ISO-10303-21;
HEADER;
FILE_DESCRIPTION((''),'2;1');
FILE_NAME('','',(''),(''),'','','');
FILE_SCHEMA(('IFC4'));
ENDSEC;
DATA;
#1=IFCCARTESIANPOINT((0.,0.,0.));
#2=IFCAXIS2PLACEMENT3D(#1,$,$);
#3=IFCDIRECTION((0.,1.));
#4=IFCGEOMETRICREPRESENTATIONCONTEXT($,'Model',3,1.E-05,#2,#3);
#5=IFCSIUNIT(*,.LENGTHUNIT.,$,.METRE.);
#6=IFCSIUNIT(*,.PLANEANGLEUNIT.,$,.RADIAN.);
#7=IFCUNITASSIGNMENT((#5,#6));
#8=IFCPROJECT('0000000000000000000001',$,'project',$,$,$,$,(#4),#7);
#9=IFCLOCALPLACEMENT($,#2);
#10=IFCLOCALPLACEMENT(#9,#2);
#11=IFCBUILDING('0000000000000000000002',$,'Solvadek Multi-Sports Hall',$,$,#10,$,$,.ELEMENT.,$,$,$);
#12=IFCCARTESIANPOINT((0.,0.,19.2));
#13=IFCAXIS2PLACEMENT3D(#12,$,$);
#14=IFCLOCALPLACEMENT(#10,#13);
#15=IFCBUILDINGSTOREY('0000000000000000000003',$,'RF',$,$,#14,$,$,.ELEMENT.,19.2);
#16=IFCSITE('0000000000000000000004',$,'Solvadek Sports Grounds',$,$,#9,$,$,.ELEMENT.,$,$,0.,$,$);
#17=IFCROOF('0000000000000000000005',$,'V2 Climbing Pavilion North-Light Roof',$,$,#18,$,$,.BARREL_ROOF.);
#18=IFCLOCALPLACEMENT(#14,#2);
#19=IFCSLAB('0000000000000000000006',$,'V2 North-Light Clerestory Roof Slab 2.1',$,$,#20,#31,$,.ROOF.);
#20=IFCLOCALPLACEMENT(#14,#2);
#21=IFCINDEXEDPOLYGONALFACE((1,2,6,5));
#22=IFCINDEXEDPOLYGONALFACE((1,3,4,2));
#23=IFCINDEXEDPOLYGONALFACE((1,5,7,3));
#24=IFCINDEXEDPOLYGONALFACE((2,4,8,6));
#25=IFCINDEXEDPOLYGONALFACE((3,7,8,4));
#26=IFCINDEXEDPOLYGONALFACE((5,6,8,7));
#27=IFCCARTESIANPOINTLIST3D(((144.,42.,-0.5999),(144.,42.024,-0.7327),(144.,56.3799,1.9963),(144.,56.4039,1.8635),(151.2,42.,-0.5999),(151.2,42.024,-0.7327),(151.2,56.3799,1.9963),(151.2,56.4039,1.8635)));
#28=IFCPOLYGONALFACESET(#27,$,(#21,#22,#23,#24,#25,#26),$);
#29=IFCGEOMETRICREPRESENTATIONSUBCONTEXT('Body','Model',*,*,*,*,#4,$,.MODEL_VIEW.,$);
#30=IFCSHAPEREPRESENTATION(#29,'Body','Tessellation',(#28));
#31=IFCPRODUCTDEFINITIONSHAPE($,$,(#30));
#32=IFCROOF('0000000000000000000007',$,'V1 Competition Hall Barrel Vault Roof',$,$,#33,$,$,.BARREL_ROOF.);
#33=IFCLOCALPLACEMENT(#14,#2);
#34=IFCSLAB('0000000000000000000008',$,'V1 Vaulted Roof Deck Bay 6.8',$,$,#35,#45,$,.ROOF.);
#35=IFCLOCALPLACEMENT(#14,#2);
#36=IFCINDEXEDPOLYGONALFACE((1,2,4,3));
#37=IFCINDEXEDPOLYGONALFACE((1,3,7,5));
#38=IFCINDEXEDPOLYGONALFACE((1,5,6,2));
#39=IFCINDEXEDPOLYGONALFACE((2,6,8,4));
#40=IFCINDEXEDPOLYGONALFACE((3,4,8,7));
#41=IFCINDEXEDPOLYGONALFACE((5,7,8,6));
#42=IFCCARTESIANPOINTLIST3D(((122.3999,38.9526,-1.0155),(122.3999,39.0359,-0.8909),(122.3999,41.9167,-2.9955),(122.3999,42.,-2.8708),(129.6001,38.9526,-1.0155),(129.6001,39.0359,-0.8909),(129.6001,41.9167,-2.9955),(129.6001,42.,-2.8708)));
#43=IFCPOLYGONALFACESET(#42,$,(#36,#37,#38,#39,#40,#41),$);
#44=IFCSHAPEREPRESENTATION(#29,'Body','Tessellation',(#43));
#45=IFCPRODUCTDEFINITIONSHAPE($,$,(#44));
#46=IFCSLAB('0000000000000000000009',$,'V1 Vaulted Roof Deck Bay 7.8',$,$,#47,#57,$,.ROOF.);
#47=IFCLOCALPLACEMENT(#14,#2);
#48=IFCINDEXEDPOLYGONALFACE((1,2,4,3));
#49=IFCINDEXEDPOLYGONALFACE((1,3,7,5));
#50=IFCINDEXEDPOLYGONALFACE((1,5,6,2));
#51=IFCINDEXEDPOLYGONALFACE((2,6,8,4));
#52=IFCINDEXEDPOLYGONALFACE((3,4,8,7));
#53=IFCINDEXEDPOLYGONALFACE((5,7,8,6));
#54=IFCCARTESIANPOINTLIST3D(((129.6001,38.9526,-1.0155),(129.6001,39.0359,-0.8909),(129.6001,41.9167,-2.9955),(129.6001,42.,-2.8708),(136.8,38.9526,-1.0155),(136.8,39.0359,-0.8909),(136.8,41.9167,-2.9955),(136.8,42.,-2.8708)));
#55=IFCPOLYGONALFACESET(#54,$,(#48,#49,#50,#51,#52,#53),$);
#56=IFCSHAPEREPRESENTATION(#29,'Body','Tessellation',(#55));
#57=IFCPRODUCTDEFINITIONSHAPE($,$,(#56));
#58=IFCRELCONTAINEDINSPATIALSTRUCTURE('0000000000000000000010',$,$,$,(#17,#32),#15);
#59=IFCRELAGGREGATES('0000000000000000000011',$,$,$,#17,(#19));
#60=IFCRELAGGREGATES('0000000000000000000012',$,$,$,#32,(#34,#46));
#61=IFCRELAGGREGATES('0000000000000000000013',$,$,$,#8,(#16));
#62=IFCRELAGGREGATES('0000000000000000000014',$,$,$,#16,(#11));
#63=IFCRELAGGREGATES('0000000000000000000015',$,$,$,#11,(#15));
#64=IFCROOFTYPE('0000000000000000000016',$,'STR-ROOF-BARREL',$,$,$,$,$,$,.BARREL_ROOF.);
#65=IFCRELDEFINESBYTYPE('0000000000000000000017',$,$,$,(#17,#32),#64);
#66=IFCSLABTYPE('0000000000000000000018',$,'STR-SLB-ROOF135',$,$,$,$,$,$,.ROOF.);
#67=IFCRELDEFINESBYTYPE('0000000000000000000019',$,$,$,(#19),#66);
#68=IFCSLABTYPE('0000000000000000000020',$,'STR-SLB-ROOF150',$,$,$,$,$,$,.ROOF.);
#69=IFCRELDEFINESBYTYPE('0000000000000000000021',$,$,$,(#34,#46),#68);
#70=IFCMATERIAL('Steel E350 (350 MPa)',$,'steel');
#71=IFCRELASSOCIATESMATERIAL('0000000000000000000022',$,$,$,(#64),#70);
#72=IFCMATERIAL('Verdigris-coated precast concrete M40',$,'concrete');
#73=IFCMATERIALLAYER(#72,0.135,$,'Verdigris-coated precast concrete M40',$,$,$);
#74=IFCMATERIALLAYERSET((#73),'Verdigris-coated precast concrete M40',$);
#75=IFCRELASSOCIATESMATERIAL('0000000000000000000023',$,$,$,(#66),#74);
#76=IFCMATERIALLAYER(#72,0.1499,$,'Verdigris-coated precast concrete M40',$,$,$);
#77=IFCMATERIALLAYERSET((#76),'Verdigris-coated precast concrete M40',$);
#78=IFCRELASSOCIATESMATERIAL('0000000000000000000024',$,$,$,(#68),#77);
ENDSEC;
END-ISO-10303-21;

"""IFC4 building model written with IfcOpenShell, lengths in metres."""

from ifc_helpers import new_model, si_unit, direction, frame, origin, place, context, subcontext, project, spatial, polyline, outline, extrude, material, layer, layer_set, type_object, element, aggregate, save


model = new_model("IFC4")

# Units and contexts
model_context = context("Model", 3, precision=1e-05, world=origin(), true_north=direction((0.0, 1.0)))
body_context = subcontext(model_context, "Body", "Model", "MODEL_VIEW")
ifc_project = project(units=[si_unit("LENGTHUNIT", "METRE"), si_unit("PLANEANGLEUNIT", "RADIAN")], contexts=[model_context])

# Site, building, storey
site_placement = place(None, origin())
site = spatial("IfcSite", under=ifc_project, at=site_placement, Name="Solvadek Sports Grounds", CompositionType="ELEMENT", RefElevation=0.0)
building_placement = place(site_placement, origin())
building = spatial("IfcBuilding", under=site, at=building_placement, Name="Solvadek Multi-Sports Hall", CompositionType="ELEMENT")
storey_placement = place(building_placement, frame((0.0, 0.0, 19.2)))
storey = spatial("IfcBuildingStorey", under=building, at=storey_placement, Name="RF", CompositionType="ELEMENT", Elevation=19.2)

# Shared definitions
ifc_material_1 = material(Name="Steel E350 (350 MPa)", Category="steel")

# Roofs, slabs
roof_type = type_object("IfcRoofType", Name="STR-ROOF-BARREL", PredefinedType="BARREL_ROOF", material=ifc_material_1)
roof_1_placement = place(storey_placement, origin())
roof_1 = element("IfcRoof", 1, at=roof_1_placement, inside=storey, type_object=roof_type, Name="V2 Climbing Pavilion North-Light Roof", PredefinedType="BARREL_ROOF")
ifc_material_2 = material(Name="Verdigris-coated precast concrete M40", Category="concrete")
ifc_layer_1 = layer(ifc_material_2, 0.135, Name="Verdigris-coated precast concrete M40")
ifc_layer_set_1 = layer_set([ifc_layer_1], Name="Verdigris-coated precast concrete M40")
slab_type_1 = type_object("IfcSlabType", Name="STR-SLB-ROOF135", PredefinedType="ROOF", material=ifc_layer_set_1)
slab_1_placement = place(storey_placement, frame((144.0, 42.0, -0.5999), z_axis=(0.0, -0.177671, 0.98409), x_axis=(1.0, 0.0, 0.0)))
slab_1 = element("IfcSlab", 2, at=slab_1_placement, type_object=slab_type_1, Name="V2 North-Light Clerestory Roof Slab 2.1", PredefinedType="ROOF", context=body_context, shape_type="SweptSolid", body=[
    extrude(outline(polyline([(0.0, 0.0), (7.2, 0.0), (7.2, 14.6124), (0.0, 14.6124), (0.0, 0.0)])), origin(), (0.0, 0.0, -1.0), 0.135),
])
aggregate(roof_1, [slab_1])
roof_2_placement = place(storey_placement, origin())
roof_2 = element("IfcRoof", 3, at=roof_2_placement, inside=storey, type_object=roof_type, Name="V1 Competition Hall Barrel Vault Roof", PredefinedType="BARREL_ROOF")
ifc_layer_2 = layer(ifc_material_2, 0.1499, Name="Verdigris-coated precast concrete M40")
ifc_layer_set_2 = layer_set([ifc_layer_2], Name="Verdigris-coated precast concrete M40")
slab_type_2 = type_object("IfcSlabType", Name="STR-SLB-ROOF150", PredefinedType="ROOF", material=ifc_layer_set_2)
slab_2_placement = place(storey_placement, frame((122.3999, 39.0359, -0.8909), z_axis=(0.0, 0.555459, 0.831544), x_axis=(1.0, 0.0, 0.0)))
slab_2 = element("IfcSlab", 4, at=slab_2_placement, type_object=slab_type_2, Name="V1 Vaulted Roof Deck Bay 6.8", PredefinedType="ROOF", context=body_context, shape_type="SweptSolid", body=[
    extrude(outline(polyline([(0.0, 0.0), (7.2002, 0.0), (7.2002, 3.5646), (0.0, 3.5646), (0.0, 0.0)])), origin(), (0.0, 0.0, -1.0), 0.1499),
])
slab_3_placement = place(storey_placement, frame((129.6001, 39.0359, -0.8909), z_axis=(0.0, 0.555459, 0.831544), x_axis=(1.0, 0.0, 0.0)))
slab_3 = element("IfcSlab", 5, at=slab_3_placement, type_object=slab_type_2, Name="V1 Vaulted Roof Deck Bay 7.8", PredefinedType="ROOF", context=body_context, shape_type="SweptSolid", body=[
    extrude(outline(polyline([(0.0, 0.0), (7.2, 0.0), (7.2, 3.5646), (0.0, 3.5646), (0.0, 0.0)])), origin(), (0.0, 0.0, -1.0), 0.1499),
])
aggregate(roof_2, [slab_2, slab_3])

save(model, "model.ifc")
